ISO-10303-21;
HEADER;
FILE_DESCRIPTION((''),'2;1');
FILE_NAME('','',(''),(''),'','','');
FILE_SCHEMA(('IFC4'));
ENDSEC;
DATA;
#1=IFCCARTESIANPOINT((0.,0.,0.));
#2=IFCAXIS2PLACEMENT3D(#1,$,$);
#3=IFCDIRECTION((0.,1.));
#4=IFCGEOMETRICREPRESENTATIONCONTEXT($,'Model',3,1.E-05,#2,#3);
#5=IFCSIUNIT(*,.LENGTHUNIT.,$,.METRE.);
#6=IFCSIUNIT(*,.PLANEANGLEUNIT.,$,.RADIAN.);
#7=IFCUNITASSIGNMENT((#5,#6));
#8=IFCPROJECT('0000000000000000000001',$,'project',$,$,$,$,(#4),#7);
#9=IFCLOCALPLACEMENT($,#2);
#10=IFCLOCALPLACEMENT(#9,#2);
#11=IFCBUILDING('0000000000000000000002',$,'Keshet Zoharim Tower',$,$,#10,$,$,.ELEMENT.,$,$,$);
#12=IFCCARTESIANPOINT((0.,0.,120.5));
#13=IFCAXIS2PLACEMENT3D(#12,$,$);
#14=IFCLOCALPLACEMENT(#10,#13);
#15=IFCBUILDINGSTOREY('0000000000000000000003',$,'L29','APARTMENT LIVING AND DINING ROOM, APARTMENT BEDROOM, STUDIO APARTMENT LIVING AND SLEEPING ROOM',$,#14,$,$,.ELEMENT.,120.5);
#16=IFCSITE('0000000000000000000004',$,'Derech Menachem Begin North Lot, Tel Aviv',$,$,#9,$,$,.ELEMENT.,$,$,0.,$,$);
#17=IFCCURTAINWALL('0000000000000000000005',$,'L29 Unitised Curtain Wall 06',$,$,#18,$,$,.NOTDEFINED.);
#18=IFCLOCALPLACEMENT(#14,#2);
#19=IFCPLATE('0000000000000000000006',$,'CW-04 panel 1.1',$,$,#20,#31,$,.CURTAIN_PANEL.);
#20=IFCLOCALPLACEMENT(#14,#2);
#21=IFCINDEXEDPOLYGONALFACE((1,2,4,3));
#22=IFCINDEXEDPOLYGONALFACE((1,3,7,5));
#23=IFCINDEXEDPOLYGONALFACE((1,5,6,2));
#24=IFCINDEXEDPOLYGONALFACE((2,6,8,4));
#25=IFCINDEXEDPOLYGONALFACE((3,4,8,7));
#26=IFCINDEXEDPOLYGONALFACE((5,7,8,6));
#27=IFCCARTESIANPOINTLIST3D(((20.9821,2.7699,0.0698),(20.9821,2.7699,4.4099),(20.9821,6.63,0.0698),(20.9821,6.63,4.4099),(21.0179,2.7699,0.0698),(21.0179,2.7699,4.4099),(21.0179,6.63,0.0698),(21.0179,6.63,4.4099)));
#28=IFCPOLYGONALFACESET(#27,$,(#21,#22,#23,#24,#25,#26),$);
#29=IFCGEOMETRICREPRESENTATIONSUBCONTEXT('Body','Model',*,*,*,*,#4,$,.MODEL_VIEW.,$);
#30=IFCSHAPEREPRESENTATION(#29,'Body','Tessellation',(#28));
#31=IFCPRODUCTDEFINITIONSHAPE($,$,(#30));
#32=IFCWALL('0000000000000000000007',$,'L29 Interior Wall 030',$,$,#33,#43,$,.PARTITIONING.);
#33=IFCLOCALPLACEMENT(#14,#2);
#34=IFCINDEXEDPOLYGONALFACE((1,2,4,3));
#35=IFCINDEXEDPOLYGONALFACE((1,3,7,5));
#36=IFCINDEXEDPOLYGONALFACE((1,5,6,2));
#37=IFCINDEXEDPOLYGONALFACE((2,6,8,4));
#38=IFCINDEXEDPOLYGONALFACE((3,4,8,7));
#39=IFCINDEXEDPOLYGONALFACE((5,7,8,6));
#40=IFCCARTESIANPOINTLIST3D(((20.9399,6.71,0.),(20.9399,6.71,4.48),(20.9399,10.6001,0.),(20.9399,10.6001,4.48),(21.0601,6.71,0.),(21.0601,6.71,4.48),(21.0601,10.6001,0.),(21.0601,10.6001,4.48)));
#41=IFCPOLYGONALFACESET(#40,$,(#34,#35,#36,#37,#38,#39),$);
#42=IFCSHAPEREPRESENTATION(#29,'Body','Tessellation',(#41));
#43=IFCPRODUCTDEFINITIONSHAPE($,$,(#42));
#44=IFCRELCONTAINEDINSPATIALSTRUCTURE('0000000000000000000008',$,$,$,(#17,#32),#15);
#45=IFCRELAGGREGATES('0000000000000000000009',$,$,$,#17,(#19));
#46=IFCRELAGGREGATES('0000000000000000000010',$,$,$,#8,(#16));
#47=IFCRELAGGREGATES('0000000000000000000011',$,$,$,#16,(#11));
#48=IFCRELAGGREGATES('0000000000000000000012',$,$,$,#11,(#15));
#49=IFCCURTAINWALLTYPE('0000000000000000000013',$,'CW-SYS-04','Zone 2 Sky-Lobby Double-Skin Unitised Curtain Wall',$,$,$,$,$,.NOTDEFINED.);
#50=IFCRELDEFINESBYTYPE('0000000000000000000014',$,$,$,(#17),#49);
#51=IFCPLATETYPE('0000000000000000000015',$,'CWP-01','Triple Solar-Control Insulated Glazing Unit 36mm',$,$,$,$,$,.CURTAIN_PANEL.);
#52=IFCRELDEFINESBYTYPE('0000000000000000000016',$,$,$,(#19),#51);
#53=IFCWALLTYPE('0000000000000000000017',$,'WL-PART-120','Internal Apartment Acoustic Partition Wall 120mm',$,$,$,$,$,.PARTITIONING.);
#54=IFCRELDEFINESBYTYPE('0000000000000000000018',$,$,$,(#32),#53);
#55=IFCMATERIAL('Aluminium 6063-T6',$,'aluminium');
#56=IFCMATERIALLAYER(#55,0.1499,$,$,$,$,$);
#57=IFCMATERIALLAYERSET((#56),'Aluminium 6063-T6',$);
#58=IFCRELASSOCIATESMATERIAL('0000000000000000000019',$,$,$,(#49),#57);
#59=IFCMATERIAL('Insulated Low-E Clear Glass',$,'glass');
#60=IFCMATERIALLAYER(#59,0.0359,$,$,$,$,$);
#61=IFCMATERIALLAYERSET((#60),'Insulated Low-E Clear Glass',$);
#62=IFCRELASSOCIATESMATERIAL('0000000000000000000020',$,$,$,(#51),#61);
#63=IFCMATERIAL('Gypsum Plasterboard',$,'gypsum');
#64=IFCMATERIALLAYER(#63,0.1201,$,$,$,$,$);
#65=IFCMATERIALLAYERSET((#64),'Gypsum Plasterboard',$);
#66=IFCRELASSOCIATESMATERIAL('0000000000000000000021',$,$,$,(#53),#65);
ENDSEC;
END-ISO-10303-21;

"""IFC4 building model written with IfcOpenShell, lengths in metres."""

from ifc_helpers import new_model, si_unit, direction, frame, frame_2d, origin, origin_2d, place, context, subcontext, project, spatial, rectangle, extrude, material, layer, layer_set, type_object, element, aggregate, save


model = new_model("IFC4")

# Units and contexts
model_context = context("Model", 3, precision=1e-05, world=origin(), true_north=direction((0.0, 1.0)))
body_context = subcontext(model_context, "Body", "Model", "MODEL_VIEW")
ifc_project = project(units=[si_unit("LENGTHUNIT", "METRE"), si_unit("PLANEANGLEUNIT", "RADIAN")], contexts=[model_context])

# Site, building, storey
site_placement = place(None, origin())
site = spatial("IfcSite", under=ifc_project, at=site_placement, Name="Derech Menachem Begin North Lot, Tel Aviv", CompositionType="ELEMENT", RefElevation=0.0)
building_placement = place(site_placement, origin())
building = spatial("IfcBuilding", under=site, at=building_placement, Name="Keshet Zoharim Tower", CompositionType="ELEMENT")
storey_placement = place(building_placement, frame((0.0, 0.0, 120.5)))
storey = spatial("IfcBuildingStorey", under=building, at=storey_placement, Name="L29", Description="APARTMENT LIVING AND DINING ROOM, APARTMENT BEDROOM, STUDIO APARTMENT LIVING AND SLEEPING ROOM", CompositionType="ELEMENT", Elevation=120.5)

# Shared definitions
ifc_material_1 = material(Name="Aluminium 6063-T6", Category="aluminium")
ifc_layer_1 = layer(ifc_material_1, 0.1499)
ifc_layer_set_1 = layer_set([ifc_layer_1], Name="Aluminium 6063-T6")
curtain_wall_type = type_object("IfcCurtainWallType", Name="CW-SYS-04", Description="Zone 2 Sky-Lobby Double-Skin Unitised Curtain Wall", PredefinedType="NOTDEFINED", material=ifc_layer_set_1)

# Curtain wall
curtain_wall_1_placement = place(storey_placement, origin())
curtain_wall_1 = element("IfcCurtainWall", 1, at=curtain_wall_1_placement, inside=storey, type_object=curtain_wall_type, Name="L29 Unitised Curtain Wall 06", PredefinedType="NOTDEFINED")

# Plate
ifc_material_2 = material(Name="Insulated Low-E Clear Glass", Category="glass")
ifc_layer_2 = layer(ifc_material_2, 0.0359)
ifc_layer_set_2 = layer_set([ifc_layer_2], Name="Insulated Low-E Clear Glass")
plate_type = type_object("IfcPlateType", Name="CWP-01", Description="Triple Solar-Control Insulated Glazing Unit 36mm", PredefinedType="CURTAIN_PANEL", material=ifc_layer_set_2)
plate_1_placement = place(storey_placement, frame((21.0, 4.7, 0.0698), z_axis=(0.0, 0.0, 1.0), x_axis=(0.0, 1.0, 0.0)))
plate_1 = element("IfcPlate", 2, at=plate_1_placement, type_object=plate_type, Name="CW-04 panel 1.1", PredefinedType="CURTAIN_PANEL", context=body_context, shape_type="SweptSolid", body=[
    extrude(rectangle(XDim=3.8601, YDim=0.0359, at=origin_2d()), origin(), (0.0, 0.0, 1.0), 4.3401),
])
aggregate(curtain_wall_1, [plate_1])

# Wall
ifc_material_3 = material(Name="Gypsum Plasterboard", Category="gypsum")
ifc_layer_3 = layer(ifc_material_3, 0.1201)
ifc_layer_set_3 = layer_set([ifc_layer_3], Name="Gypsum Plasterboard")
wall_type = type_object("IfcWallType", Name="WL-PART-120", Description="Internal Apartment Acoustic Partition Wall 120mm", PredefinedType="PARTITIONING", material=ifc_layer_set_3)
wall_placement = place(storey_placement, frame((21.0, 6.71, 0.0), z_axis=(0.0, 0.0, 1.0), x_axis=(0.0, 1.0, 0.0)))
element("IfcWall", 3, at=wall_placement, inside=storey, type_object=wall_type, Name="L29 Interior Wall 030", PredefinedType="PARTITIONING", context=body_context, shape_type="SweptSolid", body=[
    extrude(rectangle(XDim=3.8901, YDim=0.1201, at=frame_2d((1.9451, 0.0))), origin(), (0.0, 0.0, 1.0), 4.48),
])

save(model, "model.ifc")
